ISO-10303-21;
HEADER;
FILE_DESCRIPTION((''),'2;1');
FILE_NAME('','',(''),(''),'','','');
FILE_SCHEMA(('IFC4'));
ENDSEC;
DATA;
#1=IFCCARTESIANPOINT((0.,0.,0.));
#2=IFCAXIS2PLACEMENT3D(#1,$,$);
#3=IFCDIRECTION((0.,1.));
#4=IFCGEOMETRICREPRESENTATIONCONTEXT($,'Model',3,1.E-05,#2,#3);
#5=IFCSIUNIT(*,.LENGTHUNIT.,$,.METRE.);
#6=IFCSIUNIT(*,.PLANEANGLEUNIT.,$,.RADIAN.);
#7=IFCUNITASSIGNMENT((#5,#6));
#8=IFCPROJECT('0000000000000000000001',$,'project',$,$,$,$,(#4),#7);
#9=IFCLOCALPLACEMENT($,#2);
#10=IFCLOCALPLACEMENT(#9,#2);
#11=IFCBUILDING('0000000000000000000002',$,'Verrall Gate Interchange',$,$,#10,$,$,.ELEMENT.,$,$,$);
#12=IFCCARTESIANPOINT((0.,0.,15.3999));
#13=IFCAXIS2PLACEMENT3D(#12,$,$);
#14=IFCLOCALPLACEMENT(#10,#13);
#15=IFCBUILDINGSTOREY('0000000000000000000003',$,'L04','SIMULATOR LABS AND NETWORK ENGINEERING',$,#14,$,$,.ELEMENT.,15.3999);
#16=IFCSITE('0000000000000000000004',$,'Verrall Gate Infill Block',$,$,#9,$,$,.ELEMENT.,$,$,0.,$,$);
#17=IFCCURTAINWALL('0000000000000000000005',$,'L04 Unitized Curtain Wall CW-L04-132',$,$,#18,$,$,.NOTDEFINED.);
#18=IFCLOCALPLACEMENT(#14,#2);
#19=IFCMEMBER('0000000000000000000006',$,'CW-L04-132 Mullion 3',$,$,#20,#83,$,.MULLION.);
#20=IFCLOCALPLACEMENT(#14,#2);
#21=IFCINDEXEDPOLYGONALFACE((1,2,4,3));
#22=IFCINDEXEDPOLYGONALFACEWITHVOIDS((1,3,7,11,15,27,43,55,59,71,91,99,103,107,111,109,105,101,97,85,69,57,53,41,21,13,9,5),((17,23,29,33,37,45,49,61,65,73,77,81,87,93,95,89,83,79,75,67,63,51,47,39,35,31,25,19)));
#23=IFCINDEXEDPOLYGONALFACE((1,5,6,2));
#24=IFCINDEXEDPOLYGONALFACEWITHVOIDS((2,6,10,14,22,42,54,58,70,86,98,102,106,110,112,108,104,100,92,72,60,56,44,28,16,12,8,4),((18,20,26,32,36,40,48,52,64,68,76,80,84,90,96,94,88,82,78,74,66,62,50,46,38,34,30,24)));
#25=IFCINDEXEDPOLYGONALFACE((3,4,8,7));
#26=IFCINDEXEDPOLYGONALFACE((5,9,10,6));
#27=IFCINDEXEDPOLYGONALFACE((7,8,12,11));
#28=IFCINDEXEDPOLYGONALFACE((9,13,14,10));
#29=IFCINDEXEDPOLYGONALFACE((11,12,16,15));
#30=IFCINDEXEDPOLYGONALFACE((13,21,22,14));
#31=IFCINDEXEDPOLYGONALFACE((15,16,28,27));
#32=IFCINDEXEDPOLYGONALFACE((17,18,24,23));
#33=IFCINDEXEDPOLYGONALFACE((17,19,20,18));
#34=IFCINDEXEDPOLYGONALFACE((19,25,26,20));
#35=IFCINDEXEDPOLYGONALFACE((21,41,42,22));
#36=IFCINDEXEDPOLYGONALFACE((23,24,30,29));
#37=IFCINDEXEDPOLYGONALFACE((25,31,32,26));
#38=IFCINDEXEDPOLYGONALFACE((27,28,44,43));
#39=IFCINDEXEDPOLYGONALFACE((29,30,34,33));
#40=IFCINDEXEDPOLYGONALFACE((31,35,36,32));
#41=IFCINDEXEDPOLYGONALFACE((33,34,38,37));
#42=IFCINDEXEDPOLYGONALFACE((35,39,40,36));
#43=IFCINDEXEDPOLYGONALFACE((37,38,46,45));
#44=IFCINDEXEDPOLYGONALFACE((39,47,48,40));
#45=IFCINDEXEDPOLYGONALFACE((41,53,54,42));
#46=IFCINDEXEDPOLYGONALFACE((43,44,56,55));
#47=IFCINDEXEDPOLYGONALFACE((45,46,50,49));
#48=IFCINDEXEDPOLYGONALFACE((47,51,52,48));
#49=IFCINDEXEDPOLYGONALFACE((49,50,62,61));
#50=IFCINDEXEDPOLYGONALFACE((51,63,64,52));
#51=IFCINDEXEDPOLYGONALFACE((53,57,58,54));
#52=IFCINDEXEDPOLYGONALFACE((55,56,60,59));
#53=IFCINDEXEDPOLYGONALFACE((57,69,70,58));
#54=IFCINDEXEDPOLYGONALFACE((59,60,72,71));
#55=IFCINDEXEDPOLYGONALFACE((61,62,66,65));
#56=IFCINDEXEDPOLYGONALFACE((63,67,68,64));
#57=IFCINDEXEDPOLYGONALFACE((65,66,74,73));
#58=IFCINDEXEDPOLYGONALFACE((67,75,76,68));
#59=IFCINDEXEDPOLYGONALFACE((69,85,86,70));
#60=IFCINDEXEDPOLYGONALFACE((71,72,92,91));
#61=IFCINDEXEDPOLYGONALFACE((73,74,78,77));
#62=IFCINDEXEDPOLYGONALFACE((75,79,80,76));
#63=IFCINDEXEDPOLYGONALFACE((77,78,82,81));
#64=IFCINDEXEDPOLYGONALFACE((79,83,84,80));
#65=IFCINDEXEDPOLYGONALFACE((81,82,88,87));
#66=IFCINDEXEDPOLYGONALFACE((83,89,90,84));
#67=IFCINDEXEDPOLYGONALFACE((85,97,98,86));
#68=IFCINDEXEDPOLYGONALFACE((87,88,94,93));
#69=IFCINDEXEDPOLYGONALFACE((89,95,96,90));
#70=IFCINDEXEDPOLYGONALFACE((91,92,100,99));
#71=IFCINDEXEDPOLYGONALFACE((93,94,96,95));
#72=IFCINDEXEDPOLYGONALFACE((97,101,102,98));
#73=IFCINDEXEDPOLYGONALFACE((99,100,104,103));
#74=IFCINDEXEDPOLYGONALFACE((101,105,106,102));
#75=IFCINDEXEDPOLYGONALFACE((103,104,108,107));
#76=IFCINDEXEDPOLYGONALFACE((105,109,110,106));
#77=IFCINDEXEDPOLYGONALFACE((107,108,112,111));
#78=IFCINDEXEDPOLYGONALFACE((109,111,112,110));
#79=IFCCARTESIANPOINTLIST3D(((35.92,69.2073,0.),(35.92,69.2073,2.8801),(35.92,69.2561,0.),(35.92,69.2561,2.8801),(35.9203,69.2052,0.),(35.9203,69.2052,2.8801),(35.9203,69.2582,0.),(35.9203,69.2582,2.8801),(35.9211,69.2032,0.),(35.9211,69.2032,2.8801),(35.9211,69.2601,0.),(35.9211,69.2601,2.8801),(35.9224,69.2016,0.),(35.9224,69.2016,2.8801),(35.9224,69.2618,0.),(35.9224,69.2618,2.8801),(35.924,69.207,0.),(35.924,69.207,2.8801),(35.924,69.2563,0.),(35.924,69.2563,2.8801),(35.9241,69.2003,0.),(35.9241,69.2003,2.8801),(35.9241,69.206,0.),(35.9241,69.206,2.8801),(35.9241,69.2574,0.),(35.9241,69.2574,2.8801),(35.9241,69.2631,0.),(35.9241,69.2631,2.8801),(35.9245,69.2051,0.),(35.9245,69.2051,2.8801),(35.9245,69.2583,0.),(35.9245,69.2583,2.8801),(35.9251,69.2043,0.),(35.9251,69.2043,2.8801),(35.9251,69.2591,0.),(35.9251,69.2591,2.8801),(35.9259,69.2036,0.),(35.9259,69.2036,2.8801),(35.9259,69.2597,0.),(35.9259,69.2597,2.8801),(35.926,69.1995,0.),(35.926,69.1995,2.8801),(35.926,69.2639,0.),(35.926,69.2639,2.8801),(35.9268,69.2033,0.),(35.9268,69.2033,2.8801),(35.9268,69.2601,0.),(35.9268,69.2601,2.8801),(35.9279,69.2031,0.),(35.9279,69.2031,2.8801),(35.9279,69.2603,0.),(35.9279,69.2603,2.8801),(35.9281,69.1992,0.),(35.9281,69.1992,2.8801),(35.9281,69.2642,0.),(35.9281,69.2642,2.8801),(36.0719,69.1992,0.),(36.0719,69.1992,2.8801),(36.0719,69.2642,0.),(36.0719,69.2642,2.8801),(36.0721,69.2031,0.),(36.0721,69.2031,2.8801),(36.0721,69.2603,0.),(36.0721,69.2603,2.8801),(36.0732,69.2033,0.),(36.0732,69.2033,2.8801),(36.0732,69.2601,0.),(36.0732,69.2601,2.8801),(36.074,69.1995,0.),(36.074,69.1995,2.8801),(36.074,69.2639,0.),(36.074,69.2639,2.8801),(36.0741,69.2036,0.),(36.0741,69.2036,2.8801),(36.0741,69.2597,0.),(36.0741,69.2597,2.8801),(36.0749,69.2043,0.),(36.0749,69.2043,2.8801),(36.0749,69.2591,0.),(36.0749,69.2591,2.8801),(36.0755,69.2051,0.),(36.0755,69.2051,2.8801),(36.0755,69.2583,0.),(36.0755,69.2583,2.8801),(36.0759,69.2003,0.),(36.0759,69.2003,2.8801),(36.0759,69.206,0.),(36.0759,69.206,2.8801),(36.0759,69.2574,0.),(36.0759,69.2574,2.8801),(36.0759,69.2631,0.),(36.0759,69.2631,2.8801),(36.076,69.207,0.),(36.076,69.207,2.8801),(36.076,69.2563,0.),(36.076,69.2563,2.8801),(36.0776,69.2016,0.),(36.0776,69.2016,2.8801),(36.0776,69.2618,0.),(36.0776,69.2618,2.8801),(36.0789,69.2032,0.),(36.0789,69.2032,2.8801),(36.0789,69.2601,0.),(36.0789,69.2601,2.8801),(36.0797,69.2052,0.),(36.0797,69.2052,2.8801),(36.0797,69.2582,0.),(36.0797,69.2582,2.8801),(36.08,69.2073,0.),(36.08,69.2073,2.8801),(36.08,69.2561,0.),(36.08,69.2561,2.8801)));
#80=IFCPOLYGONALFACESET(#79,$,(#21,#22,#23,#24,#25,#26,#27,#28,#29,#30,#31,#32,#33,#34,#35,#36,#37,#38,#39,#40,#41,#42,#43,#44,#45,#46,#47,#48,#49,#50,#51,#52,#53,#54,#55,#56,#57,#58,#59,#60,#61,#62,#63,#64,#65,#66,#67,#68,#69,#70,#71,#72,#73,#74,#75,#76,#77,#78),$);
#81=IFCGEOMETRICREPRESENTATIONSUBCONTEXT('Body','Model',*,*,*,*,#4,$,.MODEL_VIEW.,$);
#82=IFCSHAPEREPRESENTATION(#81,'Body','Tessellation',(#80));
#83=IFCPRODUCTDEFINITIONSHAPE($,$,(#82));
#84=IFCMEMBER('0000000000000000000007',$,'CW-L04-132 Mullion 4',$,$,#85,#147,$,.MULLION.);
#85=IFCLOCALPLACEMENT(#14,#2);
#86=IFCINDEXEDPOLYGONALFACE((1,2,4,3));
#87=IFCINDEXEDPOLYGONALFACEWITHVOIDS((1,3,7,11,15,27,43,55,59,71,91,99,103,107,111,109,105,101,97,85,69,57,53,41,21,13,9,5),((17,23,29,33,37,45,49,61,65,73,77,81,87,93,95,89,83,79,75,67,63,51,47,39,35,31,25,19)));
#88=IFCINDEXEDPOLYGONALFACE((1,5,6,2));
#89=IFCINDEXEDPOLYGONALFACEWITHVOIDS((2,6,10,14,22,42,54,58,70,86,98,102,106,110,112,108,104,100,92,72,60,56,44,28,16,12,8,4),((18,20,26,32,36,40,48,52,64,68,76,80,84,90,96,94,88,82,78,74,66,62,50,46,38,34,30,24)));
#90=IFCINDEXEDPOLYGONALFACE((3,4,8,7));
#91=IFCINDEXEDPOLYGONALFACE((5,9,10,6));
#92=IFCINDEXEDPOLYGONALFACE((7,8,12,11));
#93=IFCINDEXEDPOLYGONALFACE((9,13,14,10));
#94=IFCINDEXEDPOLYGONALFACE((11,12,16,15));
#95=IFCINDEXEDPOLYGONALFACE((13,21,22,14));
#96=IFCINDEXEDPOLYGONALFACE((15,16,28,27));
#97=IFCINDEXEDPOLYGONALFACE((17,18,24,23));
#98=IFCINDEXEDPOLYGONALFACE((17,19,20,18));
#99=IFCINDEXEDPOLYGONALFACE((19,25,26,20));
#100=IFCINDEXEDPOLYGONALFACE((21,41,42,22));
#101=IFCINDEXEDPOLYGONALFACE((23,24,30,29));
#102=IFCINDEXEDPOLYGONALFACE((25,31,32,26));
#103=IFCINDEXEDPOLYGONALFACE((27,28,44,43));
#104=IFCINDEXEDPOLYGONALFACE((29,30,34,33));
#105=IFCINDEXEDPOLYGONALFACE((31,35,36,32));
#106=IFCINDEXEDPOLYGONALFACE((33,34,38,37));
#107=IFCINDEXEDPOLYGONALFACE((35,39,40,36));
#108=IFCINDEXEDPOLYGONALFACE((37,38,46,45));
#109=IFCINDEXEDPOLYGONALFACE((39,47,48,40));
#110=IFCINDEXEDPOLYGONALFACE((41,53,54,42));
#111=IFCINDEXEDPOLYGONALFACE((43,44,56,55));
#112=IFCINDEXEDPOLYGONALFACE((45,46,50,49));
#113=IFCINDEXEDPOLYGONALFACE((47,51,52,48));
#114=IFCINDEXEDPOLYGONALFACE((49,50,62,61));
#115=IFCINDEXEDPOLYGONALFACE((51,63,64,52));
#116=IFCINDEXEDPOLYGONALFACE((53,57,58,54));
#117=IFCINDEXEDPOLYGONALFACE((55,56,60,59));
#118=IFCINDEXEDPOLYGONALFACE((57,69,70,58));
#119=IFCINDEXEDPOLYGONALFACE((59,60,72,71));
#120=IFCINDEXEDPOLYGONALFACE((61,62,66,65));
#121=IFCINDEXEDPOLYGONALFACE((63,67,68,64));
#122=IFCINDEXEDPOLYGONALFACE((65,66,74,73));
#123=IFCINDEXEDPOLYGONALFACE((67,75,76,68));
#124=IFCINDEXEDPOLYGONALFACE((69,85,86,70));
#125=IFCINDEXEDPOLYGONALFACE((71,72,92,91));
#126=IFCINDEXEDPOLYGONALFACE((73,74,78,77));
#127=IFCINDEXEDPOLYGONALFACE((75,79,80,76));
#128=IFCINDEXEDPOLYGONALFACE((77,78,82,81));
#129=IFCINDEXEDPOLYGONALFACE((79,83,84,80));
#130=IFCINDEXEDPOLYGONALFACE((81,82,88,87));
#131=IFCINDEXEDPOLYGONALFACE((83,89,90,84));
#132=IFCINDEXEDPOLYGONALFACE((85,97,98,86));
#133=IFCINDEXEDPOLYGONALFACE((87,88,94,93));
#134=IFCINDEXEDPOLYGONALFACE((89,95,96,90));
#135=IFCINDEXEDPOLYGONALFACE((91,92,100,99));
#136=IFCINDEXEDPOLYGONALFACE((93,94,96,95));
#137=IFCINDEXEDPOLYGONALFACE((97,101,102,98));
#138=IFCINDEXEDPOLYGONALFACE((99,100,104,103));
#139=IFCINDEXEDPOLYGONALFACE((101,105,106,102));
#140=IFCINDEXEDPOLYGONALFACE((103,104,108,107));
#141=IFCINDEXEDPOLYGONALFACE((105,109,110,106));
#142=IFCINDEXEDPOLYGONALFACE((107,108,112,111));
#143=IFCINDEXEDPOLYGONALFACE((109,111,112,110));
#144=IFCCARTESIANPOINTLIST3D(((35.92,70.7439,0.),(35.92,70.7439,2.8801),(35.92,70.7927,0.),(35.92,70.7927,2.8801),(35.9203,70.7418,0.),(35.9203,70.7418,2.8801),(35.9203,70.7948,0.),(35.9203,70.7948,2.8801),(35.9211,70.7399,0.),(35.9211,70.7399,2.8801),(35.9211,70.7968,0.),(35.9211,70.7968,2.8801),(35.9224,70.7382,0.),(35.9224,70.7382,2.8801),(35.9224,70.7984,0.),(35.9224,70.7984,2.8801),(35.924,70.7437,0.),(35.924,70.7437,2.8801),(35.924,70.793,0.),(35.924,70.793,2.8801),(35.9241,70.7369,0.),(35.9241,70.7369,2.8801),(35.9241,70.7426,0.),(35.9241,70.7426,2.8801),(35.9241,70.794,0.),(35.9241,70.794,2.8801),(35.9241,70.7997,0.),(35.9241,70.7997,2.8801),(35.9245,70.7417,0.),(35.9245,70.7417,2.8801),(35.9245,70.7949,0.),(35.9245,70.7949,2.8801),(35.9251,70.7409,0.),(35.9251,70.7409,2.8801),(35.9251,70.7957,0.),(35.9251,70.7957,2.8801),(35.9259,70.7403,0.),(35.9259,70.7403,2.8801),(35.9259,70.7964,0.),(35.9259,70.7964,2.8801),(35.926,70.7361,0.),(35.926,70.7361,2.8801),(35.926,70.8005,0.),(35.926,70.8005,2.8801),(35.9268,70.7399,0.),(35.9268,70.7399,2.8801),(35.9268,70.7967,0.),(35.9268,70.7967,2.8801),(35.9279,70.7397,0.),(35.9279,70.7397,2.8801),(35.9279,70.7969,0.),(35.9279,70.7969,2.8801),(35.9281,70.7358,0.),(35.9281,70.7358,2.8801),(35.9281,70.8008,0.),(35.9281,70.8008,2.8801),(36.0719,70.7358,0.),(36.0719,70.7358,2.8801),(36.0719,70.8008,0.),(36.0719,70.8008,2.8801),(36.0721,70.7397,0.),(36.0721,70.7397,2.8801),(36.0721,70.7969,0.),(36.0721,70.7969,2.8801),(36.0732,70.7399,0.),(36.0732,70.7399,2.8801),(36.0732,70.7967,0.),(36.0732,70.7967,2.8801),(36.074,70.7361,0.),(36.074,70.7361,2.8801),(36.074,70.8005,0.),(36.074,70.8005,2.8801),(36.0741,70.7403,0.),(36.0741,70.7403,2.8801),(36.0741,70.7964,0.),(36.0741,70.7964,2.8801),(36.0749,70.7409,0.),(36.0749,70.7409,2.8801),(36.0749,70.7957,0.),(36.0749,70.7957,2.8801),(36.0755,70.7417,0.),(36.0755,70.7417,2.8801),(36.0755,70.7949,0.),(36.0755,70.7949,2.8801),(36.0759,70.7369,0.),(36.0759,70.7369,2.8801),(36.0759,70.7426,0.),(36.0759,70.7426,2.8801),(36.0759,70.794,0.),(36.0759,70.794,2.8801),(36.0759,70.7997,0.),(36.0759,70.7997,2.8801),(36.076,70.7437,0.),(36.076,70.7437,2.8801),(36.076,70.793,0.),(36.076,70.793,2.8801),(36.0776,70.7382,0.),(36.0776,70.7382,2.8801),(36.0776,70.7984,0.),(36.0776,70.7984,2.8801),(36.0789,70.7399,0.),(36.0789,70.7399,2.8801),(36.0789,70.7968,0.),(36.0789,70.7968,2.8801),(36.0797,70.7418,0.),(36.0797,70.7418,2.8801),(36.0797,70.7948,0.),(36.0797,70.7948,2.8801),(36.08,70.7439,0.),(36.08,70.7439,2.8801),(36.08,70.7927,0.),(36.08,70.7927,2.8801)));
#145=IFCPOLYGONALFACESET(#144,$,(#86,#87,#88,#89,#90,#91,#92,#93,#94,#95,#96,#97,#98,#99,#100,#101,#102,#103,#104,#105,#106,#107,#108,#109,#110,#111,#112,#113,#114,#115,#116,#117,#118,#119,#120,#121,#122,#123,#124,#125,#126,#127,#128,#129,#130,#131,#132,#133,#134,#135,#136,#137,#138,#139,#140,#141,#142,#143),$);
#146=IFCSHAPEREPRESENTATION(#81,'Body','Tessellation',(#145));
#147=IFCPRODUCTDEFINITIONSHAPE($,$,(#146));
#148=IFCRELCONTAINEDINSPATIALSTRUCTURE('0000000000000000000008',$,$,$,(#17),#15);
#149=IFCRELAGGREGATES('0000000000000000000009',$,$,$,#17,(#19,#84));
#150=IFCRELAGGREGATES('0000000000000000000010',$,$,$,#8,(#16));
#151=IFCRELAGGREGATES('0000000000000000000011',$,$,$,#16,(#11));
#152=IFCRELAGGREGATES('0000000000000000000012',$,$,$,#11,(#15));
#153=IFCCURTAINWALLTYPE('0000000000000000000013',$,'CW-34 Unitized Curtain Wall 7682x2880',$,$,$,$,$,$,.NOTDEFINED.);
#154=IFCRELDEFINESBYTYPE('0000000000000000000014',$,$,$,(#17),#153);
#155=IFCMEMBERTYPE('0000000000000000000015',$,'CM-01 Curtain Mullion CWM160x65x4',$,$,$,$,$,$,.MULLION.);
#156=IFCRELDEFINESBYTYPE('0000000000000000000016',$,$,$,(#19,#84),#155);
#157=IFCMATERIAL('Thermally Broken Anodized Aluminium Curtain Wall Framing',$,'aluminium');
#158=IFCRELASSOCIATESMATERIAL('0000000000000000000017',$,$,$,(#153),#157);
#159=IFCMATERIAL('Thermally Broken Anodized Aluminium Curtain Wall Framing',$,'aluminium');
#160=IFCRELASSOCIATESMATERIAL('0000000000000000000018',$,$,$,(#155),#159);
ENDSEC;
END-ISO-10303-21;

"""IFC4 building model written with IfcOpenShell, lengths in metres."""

from ifc_helpers import new_model, si_unit, direction, frame, origin, origin_2d, place, context, subcontext, project, spatial, hollow_rectangle, extrude, material, material_profile, profile_set, type_object, element, aggregate, save


model = new_model("IFC4")

# Units and contexts
model_context = context("Model", 3, precision=1e-05, world=origin(), true_north=direction((0.0, 1.0)))
body_context = subcontext(model_context, "Body", "Model", "MODEL_VIEW")
ifc_project = project(units=[si_unit("LENGTHUNIT", "METRE"), si_unit("PLANEANGLEUNIT", "RADIAN")], contexts=[model_context])

# Site, building, storey
site_placement = place(None, origin())
site = spatial("IfcSite", under=ifc_project, at=site_placement, Name="Verrall Gate Infill Block", CompositionType="ELEMENT", RefElevation=0.0)
building_placement = place(site_placement, origin())
building = spatial("IfcBuilding", under=site, at=building_placement, Name="Verrall Gate Interchange", CompositionType="ELEMENT")
storey_placement = place(building_placement, frame((0.0, 0.0, 15.3999)))
storey = spatial("IfcBuildingStorey", under=building, at=storey_placement, Name="L04", Description="SIMULATOR LABS AND NETWORK ENGINEERING", CompositionType="ELEMENT", Elevation=15.3999)

# Curtain wall, members
ifc_material_1 = material(Name="Thermally Broken Anodized Aluminium Curtain Wall Framing", Category="aluminium")
curtain_wall_type_1 = type_object("IfcCurtainWallType", Name="CW-34 Unitized Curtain Wall 7682x2880", PredefinedType="NOTDEFINED", material=ifc_material_1)
curtain_wall_1_placement = place(storey_placement, origin())
curtain_wall_1 = element("IfcCurtainWall", 1, at=curtain_wall_1_placement, inside=storey, type_object=curtain_wall_type_1, Name="L04 Unitized Curtain Wall CW-L04-132", PredefinedType="NOTDEFINED")
ifc_material_2 = material(Name="Thermally Broken Anodized Aluminium Curtain Wall Framing", Category="aluminium")
ifc_material_profile_1 = material_profile(ifc_material_2, hollow_rectangle(XDim=0.0649, YDim=0.1599, WallThickness=0.0039, InnerFilletRadius=0.0039, OuterFilletRadius=0.0081, at=origin_2d()), Name="CWM160x65x4")
ifc_profile_set_1 = profile_set([ifc_material_profile_1], Name="Thermally Broken Anodized Aluminium Curtain Wall Framing")
member_type_1 = type_object("IfcMemberType", Name="CM-01 Curtain Mullion CWM160x65x4", PredefinedType="MULLION", material=ifc_profile_set_1)
member_1_placement = place(storey_placement, frame((36.0, 69.2317, 0.0), z_axis=(0.0, 0.0, 1.0), x_axis=(0.0, 1.0, 0.0)))
member_1 = element("IfcMember", 2, at=member_1_placement, type_object=member_type_1, Name="CW-L04-132 Mullion 3", PredefinedType="MULLION", context=body_context, shape_type="SweptSolid", body=[
    extrude(hollow_rectangle(XDim=0.0649, YDim=0.1599, WallThickness=0.0039, InnerFilletRadius=0.0039, OuterFilletRadius=0.0081, at=origin_2d()), origin(), (0.0, 0.0, 1.0), 2.8801),
])
member_2_placement = place(storey_placement, frame((36.0, 70.7683, 0.0), z_axis=(0.0, 0.0, 1.0), x_axis=(0.0, 1.0, 0.0)))
member_2 = element("IfcMember", 3, at=member_2_placement, type_object=member_type_1, Name="CW-L04-132 Mullion 4", PredefinedType="MULLION", context=body_context, shape_type="SweptSolid", body=[
    extrude(hollow_rectangle(XDim=0.0649, YDim=0.1599, WallThickness=0.0039, InnerFilletRadius=0.0039, OuterFilletRadius=0.0081, at=origin_2d()), origin(), (0.0, 0.0, 1.0), 2.8801),
])

aggregate(curtain_wall_1, [member_1, member_2])

save(model, "model.ifc")
